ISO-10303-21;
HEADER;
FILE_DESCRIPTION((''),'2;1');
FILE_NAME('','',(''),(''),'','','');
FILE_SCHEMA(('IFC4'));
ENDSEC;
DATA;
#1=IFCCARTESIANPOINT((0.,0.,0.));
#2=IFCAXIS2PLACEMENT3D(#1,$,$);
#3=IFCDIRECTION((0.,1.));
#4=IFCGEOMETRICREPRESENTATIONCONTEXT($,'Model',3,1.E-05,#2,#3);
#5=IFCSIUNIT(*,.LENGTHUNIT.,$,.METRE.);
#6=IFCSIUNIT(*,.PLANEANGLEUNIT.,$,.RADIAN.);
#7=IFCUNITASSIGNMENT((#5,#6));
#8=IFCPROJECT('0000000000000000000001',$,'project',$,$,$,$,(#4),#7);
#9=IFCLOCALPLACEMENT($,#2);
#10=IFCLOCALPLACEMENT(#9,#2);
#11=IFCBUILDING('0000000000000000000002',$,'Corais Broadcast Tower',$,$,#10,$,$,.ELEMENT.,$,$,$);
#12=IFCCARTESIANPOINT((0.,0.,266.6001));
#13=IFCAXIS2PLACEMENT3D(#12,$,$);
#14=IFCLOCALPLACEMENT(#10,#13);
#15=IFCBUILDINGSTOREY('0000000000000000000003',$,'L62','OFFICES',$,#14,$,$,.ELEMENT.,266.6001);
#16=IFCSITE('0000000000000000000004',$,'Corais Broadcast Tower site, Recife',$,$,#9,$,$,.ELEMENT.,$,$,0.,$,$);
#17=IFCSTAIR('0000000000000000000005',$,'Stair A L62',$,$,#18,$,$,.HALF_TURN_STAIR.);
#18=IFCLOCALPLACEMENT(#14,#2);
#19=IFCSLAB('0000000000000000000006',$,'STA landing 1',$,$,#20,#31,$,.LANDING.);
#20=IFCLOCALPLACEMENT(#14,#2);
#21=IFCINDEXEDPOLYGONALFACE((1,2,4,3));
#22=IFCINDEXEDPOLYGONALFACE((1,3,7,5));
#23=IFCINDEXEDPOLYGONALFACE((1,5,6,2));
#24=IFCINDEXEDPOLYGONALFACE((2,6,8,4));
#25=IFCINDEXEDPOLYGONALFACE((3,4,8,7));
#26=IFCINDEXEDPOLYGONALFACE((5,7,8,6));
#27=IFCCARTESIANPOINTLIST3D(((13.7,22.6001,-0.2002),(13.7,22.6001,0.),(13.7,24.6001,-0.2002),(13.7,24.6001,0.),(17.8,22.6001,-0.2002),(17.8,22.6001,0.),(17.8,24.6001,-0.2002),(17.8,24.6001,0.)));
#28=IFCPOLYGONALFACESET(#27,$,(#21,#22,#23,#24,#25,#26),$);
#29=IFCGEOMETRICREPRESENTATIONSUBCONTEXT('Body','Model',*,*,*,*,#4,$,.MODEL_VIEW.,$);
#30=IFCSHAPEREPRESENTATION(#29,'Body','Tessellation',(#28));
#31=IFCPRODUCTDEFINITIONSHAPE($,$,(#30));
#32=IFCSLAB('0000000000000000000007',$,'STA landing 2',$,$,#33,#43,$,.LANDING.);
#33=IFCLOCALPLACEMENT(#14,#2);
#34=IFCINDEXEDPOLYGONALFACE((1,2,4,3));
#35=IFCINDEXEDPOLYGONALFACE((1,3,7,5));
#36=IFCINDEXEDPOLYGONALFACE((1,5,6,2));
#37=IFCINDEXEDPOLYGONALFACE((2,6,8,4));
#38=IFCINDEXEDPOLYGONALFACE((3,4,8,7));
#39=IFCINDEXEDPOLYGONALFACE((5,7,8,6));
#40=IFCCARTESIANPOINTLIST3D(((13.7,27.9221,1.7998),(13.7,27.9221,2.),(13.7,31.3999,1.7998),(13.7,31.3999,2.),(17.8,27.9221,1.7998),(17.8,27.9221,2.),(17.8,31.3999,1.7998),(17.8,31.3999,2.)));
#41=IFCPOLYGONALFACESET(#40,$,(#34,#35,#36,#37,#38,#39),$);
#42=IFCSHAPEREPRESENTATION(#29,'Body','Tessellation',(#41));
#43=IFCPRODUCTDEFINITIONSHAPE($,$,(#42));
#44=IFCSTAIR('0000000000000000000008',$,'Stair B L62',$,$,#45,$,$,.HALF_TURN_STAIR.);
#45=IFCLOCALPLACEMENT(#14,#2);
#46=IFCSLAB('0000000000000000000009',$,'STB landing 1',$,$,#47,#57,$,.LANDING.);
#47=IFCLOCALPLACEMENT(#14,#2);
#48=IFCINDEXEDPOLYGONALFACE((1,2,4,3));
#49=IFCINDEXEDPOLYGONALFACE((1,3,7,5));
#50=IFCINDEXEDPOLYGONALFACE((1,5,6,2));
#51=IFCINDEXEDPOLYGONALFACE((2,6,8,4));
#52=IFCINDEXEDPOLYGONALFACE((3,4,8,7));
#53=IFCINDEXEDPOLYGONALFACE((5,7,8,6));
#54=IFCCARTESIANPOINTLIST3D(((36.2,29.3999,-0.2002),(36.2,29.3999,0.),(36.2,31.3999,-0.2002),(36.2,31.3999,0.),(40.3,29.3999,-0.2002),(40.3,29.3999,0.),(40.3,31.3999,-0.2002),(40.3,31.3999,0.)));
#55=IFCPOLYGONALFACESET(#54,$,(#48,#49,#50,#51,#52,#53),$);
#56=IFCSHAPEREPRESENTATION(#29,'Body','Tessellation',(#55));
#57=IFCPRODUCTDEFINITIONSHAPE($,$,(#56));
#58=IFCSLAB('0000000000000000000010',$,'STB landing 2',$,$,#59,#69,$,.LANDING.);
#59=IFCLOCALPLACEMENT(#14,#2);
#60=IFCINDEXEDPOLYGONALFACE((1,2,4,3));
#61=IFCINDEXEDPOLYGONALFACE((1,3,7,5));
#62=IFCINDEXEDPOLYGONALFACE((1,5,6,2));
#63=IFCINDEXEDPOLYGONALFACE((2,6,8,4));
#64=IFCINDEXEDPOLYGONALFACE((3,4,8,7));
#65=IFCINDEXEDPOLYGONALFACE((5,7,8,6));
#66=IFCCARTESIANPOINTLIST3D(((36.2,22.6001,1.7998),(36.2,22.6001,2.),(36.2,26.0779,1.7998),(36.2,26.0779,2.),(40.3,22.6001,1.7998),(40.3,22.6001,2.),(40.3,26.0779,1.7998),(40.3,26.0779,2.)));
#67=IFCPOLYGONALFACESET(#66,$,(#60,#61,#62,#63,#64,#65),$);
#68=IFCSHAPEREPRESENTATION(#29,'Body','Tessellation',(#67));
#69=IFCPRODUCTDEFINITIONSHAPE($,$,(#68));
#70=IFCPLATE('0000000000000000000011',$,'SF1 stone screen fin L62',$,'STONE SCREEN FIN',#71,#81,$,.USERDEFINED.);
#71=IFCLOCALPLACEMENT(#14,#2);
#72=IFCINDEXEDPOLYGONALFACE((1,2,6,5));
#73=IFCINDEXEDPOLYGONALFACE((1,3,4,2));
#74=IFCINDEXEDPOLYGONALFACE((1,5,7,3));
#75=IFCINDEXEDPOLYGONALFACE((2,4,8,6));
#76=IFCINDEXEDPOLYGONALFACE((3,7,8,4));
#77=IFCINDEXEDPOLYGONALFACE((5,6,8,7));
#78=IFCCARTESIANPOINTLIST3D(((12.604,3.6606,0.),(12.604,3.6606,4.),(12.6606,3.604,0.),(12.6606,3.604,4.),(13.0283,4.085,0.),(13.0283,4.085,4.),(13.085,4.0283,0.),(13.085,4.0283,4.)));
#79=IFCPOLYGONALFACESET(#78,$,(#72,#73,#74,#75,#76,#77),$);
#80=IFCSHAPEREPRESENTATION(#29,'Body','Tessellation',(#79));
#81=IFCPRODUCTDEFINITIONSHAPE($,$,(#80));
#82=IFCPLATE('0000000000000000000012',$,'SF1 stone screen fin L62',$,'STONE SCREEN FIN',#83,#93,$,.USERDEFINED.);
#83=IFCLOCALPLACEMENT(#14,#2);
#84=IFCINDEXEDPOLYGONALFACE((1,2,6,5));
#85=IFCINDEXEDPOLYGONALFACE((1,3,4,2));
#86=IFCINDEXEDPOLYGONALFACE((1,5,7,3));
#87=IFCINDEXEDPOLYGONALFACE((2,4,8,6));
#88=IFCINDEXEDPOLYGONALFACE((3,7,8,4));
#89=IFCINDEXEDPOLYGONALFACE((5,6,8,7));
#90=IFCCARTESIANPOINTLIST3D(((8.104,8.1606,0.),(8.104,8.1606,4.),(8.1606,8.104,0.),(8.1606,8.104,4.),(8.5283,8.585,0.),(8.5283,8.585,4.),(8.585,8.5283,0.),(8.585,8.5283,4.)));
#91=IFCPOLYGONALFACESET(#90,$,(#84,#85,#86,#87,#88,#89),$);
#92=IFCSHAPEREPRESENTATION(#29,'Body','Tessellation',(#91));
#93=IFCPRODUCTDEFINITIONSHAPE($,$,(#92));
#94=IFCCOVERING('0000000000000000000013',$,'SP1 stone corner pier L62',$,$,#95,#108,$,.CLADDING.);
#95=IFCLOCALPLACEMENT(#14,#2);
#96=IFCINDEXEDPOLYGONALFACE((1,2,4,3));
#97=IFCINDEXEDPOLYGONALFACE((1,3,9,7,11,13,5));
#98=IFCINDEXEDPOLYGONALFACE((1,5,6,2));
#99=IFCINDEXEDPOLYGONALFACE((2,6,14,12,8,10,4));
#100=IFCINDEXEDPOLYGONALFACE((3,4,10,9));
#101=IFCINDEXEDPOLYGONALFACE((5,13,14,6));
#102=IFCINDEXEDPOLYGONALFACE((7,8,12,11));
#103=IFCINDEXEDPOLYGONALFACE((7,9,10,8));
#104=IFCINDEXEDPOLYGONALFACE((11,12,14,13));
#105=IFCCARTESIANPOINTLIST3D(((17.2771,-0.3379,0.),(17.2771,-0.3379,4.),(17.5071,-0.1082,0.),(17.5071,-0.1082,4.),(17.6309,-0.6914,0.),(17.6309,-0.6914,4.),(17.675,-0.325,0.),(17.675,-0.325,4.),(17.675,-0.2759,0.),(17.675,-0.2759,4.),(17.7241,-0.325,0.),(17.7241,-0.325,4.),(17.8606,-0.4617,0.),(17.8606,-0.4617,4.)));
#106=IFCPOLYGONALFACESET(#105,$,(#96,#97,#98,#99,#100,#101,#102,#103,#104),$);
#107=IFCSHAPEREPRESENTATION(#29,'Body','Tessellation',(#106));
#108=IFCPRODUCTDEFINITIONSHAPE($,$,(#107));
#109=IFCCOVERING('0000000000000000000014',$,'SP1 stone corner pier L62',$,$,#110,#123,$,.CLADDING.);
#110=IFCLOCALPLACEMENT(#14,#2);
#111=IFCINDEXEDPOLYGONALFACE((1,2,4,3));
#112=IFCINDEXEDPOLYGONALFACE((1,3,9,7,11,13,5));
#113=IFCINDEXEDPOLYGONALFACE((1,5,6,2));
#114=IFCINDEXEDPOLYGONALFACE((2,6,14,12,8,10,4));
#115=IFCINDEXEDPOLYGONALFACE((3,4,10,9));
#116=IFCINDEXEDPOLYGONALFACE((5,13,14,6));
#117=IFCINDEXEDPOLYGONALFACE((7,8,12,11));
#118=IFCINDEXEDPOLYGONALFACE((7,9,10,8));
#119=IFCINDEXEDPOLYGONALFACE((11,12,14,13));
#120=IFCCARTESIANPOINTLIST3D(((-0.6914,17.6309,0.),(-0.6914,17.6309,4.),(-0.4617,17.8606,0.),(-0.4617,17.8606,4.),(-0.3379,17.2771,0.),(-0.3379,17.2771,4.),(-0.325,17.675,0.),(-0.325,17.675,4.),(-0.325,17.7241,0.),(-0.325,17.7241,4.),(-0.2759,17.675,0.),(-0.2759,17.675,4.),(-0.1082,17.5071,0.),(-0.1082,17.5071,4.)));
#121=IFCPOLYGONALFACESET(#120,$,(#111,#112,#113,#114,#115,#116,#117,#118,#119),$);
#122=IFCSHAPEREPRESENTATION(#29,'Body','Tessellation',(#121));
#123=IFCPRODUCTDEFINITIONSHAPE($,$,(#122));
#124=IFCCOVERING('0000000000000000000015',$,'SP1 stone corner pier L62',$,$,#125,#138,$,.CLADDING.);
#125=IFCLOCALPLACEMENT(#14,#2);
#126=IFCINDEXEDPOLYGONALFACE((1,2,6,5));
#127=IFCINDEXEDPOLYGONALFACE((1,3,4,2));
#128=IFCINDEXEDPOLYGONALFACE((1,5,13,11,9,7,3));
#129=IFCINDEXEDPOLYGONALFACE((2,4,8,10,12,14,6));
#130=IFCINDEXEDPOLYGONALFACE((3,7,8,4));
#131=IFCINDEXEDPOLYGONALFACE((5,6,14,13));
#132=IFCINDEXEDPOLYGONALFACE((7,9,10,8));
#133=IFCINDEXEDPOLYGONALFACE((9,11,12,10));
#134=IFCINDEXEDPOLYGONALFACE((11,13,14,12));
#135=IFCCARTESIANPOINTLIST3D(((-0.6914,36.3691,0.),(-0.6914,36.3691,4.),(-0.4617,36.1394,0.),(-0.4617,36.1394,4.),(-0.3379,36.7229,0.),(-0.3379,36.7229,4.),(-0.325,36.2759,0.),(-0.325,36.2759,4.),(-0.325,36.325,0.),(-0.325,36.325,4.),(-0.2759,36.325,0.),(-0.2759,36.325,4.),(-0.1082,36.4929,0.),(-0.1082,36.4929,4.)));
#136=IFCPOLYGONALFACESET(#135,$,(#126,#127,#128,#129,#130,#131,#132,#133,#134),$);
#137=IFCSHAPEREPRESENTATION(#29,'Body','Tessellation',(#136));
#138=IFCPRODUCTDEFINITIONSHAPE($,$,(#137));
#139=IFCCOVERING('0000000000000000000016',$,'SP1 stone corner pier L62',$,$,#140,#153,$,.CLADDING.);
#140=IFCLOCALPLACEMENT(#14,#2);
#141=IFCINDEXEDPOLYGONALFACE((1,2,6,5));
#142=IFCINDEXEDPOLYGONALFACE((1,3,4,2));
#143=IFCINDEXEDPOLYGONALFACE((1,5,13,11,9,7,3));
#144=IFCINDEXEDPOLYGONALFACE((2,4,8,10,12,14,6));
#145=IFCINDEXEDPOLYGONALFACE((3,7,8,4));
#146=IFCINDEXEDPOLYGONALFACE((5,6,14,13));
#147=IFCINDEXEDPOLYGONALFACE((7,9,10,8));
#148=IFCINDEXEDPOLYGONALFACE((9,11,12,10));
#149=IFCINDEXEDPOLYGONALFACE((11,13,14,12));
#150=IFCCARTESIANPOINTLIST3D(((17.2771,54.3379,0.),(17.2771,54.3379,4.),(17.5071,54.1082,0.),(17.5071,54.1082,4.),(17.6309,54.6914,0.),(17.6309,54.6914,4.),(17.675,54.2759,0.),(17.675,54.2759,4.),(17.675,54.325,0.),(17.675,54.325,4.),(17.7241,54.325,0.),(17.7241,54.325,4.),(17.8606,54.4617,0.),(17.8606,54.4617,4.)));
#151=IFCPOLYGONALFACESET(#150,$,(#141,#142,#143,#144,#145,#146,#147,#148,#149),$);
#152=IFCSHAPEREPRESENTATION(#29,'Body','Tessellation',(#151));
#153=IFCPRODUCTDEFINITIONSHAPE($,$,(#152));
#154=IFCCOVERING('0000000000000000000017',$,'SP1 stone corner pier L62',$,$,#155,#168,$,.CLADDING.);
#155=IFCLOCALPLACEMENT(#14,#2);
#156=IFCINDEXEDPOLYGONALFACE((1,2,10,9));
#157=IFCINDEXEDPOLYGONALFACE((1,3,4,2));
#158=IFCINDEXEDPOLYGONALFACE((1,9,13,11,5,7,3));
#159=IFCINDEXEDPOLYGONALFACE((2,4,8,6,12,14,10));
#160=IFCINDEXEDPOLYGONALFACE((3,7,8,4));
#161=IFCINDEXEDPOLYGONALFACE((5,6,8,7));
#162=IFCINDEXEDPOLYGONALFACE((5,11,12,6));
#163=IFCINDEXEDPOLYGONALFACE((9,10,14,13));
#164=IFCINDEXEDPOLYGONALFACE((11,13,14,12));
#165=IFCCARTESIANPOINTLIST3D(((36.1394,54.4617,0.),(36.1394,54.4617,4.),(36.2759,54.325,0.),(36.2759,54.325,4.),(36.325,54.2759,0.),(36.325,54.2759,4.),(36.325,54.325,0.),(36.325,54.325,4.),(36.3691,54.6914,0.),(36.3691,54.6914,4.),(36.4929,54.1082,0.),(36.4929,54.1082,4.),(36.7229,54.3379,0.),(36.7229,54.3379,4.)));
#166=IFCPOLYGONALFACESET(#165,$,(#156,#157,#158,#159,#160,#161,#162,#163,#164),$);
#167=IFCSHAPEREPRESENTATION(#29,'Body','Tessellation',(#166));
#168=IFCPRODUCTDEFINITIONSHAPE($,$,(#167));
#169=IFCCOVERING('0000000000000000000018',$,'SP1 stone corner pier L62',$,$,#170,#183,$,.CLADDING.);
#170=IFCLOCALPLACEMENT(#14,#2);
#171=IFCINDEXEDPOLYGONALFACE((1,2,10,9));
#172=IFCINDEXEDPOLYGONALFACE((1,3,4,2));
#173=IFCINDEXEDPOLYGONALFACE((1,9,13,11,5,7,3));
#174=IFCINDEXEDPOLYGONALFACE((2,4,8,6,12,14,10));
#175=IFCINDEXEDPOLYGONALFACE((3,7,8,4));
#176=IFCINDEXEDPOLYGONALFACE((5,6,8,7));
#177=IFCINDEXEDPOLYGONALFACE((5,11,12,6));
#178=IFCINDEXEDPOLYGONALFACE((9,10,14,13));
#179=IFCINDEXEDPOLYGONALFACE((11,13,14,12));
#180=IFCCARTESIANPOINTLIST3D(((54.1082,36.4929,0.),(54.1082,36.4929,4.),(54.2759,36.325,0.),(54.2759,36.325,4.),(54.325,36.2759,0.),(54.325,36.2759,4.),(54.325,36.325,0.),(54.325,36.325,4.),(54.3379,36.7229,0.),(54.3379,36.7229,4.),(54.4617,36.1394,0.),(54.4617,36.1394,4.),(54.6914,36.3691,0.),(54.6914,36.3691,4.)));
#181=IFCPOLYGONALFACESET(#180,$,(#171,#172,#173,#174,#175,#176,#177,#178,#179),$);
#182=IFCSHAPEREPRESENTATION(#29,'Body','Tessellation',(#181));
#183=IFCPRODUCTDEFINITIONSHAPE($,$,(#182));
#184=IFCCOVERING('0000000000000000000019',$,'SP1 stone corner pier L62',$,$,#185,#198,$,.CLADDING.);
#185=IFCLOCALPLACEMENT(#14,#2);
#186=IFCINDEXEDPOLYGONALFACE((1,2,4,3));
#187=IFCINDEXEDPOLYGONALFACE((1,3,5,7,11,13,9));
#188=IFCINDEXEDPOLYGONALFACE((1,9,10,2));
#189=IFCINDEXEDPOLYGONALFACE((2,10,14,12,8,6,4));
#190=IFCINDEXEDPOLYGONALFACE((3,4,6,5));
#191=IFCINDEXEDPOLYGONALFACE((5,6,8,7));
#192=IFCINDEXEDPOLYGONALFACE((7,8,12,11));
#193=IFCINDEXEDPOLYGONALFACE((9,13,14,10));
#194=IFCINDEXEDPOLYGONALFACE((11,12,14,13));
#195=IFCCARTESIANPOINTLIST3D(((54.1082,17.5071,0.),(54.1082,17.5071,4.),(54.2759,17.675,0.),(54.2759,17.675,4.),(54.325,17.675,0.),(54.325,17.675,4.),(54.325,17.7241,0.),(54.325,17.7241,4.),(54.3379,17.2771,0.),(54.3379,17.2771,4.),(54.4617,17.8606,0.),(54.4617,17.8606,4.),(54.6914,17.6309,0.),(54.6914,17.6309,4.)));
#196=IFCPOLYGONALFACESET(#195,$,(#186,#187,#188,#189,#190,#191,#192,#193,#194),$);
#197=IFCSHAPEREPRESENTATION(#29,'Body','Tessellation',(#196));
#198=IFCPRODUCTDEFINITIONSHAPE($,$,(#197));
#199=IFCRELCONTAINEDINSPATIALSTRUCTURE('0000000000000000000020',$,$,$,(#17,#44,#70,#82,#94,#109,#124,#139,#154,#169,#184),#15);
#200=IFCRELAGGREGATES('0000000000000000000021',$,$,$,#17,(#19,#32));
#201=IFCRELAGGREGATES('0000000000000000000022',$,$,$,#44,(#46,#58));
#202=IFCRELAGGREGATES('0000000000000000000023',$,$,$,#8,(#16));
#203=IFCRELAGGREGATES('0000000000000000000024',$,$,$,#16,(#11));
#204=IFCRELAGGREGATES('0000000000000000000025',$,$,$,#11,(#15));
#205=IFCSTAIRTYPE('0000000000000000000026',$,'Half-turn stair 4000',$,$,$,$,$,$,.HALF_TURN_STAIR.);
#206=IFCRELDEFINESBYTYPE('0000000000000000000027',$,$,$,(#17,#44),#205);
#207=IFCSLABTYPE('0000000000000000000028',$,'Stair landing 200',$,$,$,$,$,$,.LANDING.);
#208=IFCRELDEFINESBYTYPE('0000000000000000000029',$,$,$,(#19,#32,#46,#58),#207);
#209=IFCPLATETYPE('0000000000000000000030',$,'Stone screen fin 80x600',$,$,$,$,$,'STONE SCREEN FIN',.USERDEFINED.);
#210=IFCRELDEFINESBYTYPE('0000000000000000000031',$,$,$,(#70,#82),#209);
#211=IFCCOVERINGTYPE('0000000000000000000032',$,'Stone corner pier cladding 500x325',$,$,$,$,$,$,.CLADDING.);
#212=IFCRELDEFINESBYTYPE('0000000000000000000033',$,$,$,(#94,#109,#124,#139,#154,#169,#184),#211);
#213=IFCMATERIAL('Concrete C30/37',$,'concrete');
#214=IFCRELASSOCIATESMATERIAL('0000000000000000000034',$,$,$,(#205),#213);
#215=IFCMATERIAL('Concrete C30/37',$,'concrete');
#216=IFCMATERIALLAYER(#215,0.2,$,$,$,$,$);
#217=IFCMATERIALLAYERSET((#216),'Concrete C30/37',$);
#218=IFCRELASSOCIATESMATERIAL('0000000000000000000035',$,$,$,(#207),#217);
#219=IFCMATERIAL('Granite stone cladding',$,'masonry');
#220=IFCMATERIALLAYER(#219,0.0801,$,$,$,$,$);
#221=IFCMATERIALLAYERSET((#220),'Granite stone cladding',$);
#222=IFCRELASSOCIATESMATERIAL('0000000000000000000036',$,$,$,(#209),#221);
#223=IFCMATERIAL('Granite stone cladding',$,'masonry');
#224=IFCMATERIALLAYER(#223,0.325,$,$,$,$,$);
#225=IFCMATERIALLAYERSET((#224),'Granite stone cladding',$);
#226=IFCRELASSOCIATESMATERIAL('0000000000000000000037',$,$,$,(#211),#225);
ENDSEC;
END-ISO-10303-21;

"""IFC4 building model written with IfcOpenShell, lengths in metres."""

from ifc_helpers import new_model, si_unit, direction, frame, origin, origin_2d, place, context, subcontext, project, spatial, polyline, rectangle, outline, extrude, material, layer, layer_set, type_object, element, aggregate, save


model = new_model("IFC4")

# Units and contexts
model_context = context("Model", 3, precision=1e-05, world=origin(), true_north=direction((0.0, 1.0)))
body_context = subcontext(model_context, "Body", "Model", "MODEL_VIEW")
ifc_project = project(units=[si_unit("LENGTHUNIT", "METRE"), si_unit("PLANEANGLEUNIT", "RADIAN")], contexts=[model_context])

# Site, building, storey
site_placement = place(None, origin())
site = spatial("IfcSite", under=ifc_project, at=site_placement, Name="Corais Broadcast Tower site, Recife", CompositionType="ELEMENT", RefElevation=0.0)
building_placement = place(site_placement, origin())
building = spatial("IfcBuilding", under=site, at=building_placement, Name="Corais Broadcast Tower", CompositionType="ELEMENT")
storey_placement = place(building_placement, frame((0.0, 0.0, 266.6001)))
storey = spatial("IfcBuildingStorey", under=building, at=storey_placement, Name="L62", Description="OFFICES", CompositionType="ELEMENT", Elevation=266.6001)

# Stairs, slabs
ifc_material_1 = material(Name="Concrete C30/37", Category="concrete")
stair_type = type_object("IfcStairType", Name="Half-turn stair 4000", PredefinedType="HALF_TURN_STAIR", material=ifc_material_1)
stair_1_placement = place(storey_placement, origin())
stair_1 = element("IfcStair", 1, at=stair_1_placement, inside=storey, type_object=stair_type, Name="Stair A L62", PredefinedType="HALF_TURN_STAIR")
ifc_material_2 = material(Name="Concrete C30/37", Category="concrete")
ifc_layer_1 = layer(ifc_material_2, 0.2)
ifc_layer_set_1 = layer_set([ifc_layer_1], Name="Concrete C30/37")
slab_type_1 = type_object("IfcSlabType", Name="Stair landing 200", PredefinedType="LANDING", material=ifc_layer_set_1)
slab_1_placement = place(storey_placement, frame((0.0, 0.0, -0.2002)))
slab_1 = element("IfcSlab", 2, at=slab_1_placement, type_object=slab_type_1, Name="STA landing 1", PredefinedType="LANDING", context=body_context, shape_type="SweptSolid", body=[
    extrude(outline(polyline([(13.7, 22.6001), (17.8, 22.6001), (17.8, 24.6001), (13.7, 24.6001), (13.7, 22.6001)])), origin(), (0.0, 0.0, 1.0), 0.2002),
])
slab_2_placement = place(storey_placement, frame((0.0, 0.0, 1.7998)))
slab_2 = element("IfcSlab", 3, at=slab_2_placement, type_object=slab_type_1, Name="STA landing 2", PredefinedType="LANDING", context=body_context, shape_type="SweptSolid", body=[
    extrude(outline(polyline([(13.7, 27.9221), (17.8, 27.9221), (17.8, 31.3999), (13.7, 31.3999), (13.7, 27.9221)])), origin(), (0.0, 0.0, 1.0), 0.2002),
])
aggregate(stair_1, [slab_1, slab_2])
stair_2_placement = place(storey_placement, origin())
stair_2 = element("IfcStair", 4, at=stair_2_placement, inside=storey, type_object=stair_type, Name="Stair B L62", PredefinedType="HALF_TURN_STAIR")
slab_3_placement = place(storey_placement, frame((0.0, 0.0, -0.2002)))
slab_3 = element("IfcSlab", 5, at=slab_3_placement, type_object=slab_type_1, Name="STB landing 1", PredefinedType="LANDING", context=body_context, shape_type="SweptSolid", body=[
    extrude(outline(polyline([(36.2, 29.3999), (40.3, 29.3999), (40.3, 31.3999), (36.2, 31.3999), (36.2, 29.3999)])), origin(), (0.0, 0.0, 1.0), 0.2002),
])
slab_4_placement = place(storey_placement, frame((0.0, 0.0, 1.7998)))
slab_4 = element("IfcSlab", 6, at=slab_4_placement, type_object=slab_type_1, Name="STB landing 2", PredefinedType="LANDING", context=body_context, shape_type="SweptSolid", body=[
    extrude(outline(polyline([(36.2, 22.6001), (40.3, 22.6001), (40.3, 26.0779), (36.2, 26.0779), (36.2, 22.6001)])), origin(), (0.0, 0.0, 1.0), 0.2002),
])
aggregate(stair_2, [slab_3, slab_4])

# Plates
ifc_material_3 = material(Name="Granite stone cladding", Category="masonry")
ifc_layer_2 = layer(ifc_material_3, 0.0801)
ifc_layer_set_2 = layer_set([ifc_layer_2], Name="Granite stone cladding")
plate_type_1 = type_object("IfcPlateType", Name="Stone screen fin 80x600", ElementType="STONE SCREEN FIN", PredefinedType="USERDEFINED", material=ifc_layer_set_2)
for number, where, z_axis, x_axis, name in (
    (7, (12.8445, 3.8445, 0.0), (0.0, 0.0, 1.0), (-0.707107, 0.707107, 0.0), "SF1 stone screen fin L62"),
    (8, (8.3445, 8.3445, 0.0), (0.0, 0.0, 1.0), (-0.707107, 0.707107, 0.0), "SF1 stone screen fin L62"),
):
    element("IfcPlate", number, at=place(storey_placement, frame(where, z_axis=z_axis, x_axis=x_axis)), inside=storey, type_object=plate_type_1, Name=name, ObjectType="STONE SCREEN FIN", PredefinedType="USERDEFINED", context=body_context, shape_type="SweptSolid", body=[
        extrude(rectangle(XDim=0.0801, YDim=0.6001, at=origin_2d()), origin(), (0.0, 0.0, 1.0), 4.0),
    ])

# Coverings
ifc_material_4 = material(Name="Granite stone cladding", Category="masonry")
ifc_layer_3 = layer(ifc_material_4, 0.325)
ifc_layer_set_3 = layer_set([ifc_layer_3], Name="Granite stone cladding")
covering_type_1 = type_object("IfcCoveringType", Name="Stone corner pier cladding 500x325", PredefinedType="CLADDING", material=ifc_layer_set_3)
covering_1_placement = place(storey_placement, origin())
element("IfcCovering", 9, at=covering_1_placement, inside=storey, type_object=covering_type_1, Name="SP1 stone corner pier L62", PredefinedType="CLADDING", context=body_context, shape_type="SweptSolid", body=[
    extrude(outline(polyline([(17.8606, -0.4617), (17.7241, -0.325), (17.675, -0.325), (17.675, -0.2759), (17.5071, -0.1082), (17.2771, -0.3379), (17.6309, -0.6914), (17.8606, -0.4617)])), origin(), (0.0, 0.0, 1.0), 4.0),
])
covering_2_placement = place(storey_placement, origin())
element("IfcCovering", 10, at=covering_2_placement, inside=storey, type_object=covering_type_1, Name="SP1 stone corner pier L62", PredefinedType="CLADDING", context=body_context, shape_type="SweptSolid", body=[
    extrude(outline(polyline([(-0.325, 17.7241), (-0.4617, 17.8606), (-0.6914, 17.6309), (-0.3379, 17.2771), (-0.1082, 17.5071), (-0.2759, 17.675), (-0.325, 17.675), (-0.325, 17.7241)])), origin(), (0.0, 0.0, 1.0), 4.0),
])
covering_3_placement = place(storey_placement, origin())
element("IfcCovering", 11, at=covering_3_placement, inside=storey, type_object=covering_type_1, Name="SP1 stone corner pier L62", PredefinedType="CLADDING", context=body_context, shape_type="SweptSolid", body=[
    extrude(outline(polyline([(-0.4617, 36.1394), (-0.325, 36.2759), (-0.325, 36.325), (-0.2759, 36.325), (-0.1082, 36.4929), (-0.3379, 36.7229), (-0.6914, 36.3691), (-0.4617, 36.1394)])), origin(), (0.0, 0.0, 1.0), 4.0),
])
covering_4_placement = place(storey_placement, origin())
element("IfcCovering", 12, at=covering_4_placement, inside=storey, type_object=covering_type_1, Name="SP1 stone corner pier L62", PredefinedType="CLADDING", context=body_context, shape_type="SweptSolid", body=[
    extrude(outline(polyline([(17.7241, 54.325), (17.8606, 54.4617), (17.6309, 54.6914), (17.2771, 54.3379), (17.5071, 54.1082), (17.675, 54.2759), (17.675, 54.325), (17.7241, 54.325)])), origin(), (0.0, 0.0, 1.0), 4.0),
])
covering_5_placement = place(storey_placement, origin())
element("IfcCovering", 13, at=covering_5_placement, inside=storey, type_object=covering_type_1, Name="SP1 stone corner pier L62", PredefinedType="CLADDING", context=body_context, shape_type="SweptSolid", body=[
    extrude(outline(polyline([(36.1394, 54.4617), (36.2759, 54.325), (36.325, 54.325), (36.325, 54.2759), (36.4929, 54.1082), (36.7229, 54.3379), (36.3691, 54.6914), (36.1394, 54.4617)])), origin(), (0.0, 0.0, 1.0), 4.0),
])
covering_6_placement = place(storey_placement, origin())
element("IfcCovering", 14, at=covering_6_placement, inside=storey, type_object=covering_type_1, Name="SP1 stone corner pier L62", PredefinedType="CLADDING", context=body_context, shape_type="SweptSolid", body=[
    extrude(outline(polyline([(54.325, 36.2759), (54.4617, 36.1394), (54.6914, 36.3691), (54.3379, 36.7229), (54.1082, 36.4929), (54.2759, 36.325), (54.325, 36.325), (54.325, 36.2759)])), origin(), (0.0, 0.0, 1.0), 4.0),
])
covering_7_placement = place(storey_placement, origin())
element("IfcCovering", 15, at=covering_7_placement, inside=storey, type_object=covering_type_1, Name="SP1 stone corner pier L62", PredefinedType="CLADDING", context=body_context, shape_type="SweptSolid", body=[
    extrude(outline(polyline([(54.4617, 17.8606), (54.325, 17.7241), (54.325, 17.675), (54.2759, 17.675), (54.1082, 17.5071), (54.3379, 17.2771), (54.6914, 17.6309), (54.4617, 17.8606)])), origin(), (0.0, 0.0, 1.0), 4.0),
])

save(model, "model.ifc")
